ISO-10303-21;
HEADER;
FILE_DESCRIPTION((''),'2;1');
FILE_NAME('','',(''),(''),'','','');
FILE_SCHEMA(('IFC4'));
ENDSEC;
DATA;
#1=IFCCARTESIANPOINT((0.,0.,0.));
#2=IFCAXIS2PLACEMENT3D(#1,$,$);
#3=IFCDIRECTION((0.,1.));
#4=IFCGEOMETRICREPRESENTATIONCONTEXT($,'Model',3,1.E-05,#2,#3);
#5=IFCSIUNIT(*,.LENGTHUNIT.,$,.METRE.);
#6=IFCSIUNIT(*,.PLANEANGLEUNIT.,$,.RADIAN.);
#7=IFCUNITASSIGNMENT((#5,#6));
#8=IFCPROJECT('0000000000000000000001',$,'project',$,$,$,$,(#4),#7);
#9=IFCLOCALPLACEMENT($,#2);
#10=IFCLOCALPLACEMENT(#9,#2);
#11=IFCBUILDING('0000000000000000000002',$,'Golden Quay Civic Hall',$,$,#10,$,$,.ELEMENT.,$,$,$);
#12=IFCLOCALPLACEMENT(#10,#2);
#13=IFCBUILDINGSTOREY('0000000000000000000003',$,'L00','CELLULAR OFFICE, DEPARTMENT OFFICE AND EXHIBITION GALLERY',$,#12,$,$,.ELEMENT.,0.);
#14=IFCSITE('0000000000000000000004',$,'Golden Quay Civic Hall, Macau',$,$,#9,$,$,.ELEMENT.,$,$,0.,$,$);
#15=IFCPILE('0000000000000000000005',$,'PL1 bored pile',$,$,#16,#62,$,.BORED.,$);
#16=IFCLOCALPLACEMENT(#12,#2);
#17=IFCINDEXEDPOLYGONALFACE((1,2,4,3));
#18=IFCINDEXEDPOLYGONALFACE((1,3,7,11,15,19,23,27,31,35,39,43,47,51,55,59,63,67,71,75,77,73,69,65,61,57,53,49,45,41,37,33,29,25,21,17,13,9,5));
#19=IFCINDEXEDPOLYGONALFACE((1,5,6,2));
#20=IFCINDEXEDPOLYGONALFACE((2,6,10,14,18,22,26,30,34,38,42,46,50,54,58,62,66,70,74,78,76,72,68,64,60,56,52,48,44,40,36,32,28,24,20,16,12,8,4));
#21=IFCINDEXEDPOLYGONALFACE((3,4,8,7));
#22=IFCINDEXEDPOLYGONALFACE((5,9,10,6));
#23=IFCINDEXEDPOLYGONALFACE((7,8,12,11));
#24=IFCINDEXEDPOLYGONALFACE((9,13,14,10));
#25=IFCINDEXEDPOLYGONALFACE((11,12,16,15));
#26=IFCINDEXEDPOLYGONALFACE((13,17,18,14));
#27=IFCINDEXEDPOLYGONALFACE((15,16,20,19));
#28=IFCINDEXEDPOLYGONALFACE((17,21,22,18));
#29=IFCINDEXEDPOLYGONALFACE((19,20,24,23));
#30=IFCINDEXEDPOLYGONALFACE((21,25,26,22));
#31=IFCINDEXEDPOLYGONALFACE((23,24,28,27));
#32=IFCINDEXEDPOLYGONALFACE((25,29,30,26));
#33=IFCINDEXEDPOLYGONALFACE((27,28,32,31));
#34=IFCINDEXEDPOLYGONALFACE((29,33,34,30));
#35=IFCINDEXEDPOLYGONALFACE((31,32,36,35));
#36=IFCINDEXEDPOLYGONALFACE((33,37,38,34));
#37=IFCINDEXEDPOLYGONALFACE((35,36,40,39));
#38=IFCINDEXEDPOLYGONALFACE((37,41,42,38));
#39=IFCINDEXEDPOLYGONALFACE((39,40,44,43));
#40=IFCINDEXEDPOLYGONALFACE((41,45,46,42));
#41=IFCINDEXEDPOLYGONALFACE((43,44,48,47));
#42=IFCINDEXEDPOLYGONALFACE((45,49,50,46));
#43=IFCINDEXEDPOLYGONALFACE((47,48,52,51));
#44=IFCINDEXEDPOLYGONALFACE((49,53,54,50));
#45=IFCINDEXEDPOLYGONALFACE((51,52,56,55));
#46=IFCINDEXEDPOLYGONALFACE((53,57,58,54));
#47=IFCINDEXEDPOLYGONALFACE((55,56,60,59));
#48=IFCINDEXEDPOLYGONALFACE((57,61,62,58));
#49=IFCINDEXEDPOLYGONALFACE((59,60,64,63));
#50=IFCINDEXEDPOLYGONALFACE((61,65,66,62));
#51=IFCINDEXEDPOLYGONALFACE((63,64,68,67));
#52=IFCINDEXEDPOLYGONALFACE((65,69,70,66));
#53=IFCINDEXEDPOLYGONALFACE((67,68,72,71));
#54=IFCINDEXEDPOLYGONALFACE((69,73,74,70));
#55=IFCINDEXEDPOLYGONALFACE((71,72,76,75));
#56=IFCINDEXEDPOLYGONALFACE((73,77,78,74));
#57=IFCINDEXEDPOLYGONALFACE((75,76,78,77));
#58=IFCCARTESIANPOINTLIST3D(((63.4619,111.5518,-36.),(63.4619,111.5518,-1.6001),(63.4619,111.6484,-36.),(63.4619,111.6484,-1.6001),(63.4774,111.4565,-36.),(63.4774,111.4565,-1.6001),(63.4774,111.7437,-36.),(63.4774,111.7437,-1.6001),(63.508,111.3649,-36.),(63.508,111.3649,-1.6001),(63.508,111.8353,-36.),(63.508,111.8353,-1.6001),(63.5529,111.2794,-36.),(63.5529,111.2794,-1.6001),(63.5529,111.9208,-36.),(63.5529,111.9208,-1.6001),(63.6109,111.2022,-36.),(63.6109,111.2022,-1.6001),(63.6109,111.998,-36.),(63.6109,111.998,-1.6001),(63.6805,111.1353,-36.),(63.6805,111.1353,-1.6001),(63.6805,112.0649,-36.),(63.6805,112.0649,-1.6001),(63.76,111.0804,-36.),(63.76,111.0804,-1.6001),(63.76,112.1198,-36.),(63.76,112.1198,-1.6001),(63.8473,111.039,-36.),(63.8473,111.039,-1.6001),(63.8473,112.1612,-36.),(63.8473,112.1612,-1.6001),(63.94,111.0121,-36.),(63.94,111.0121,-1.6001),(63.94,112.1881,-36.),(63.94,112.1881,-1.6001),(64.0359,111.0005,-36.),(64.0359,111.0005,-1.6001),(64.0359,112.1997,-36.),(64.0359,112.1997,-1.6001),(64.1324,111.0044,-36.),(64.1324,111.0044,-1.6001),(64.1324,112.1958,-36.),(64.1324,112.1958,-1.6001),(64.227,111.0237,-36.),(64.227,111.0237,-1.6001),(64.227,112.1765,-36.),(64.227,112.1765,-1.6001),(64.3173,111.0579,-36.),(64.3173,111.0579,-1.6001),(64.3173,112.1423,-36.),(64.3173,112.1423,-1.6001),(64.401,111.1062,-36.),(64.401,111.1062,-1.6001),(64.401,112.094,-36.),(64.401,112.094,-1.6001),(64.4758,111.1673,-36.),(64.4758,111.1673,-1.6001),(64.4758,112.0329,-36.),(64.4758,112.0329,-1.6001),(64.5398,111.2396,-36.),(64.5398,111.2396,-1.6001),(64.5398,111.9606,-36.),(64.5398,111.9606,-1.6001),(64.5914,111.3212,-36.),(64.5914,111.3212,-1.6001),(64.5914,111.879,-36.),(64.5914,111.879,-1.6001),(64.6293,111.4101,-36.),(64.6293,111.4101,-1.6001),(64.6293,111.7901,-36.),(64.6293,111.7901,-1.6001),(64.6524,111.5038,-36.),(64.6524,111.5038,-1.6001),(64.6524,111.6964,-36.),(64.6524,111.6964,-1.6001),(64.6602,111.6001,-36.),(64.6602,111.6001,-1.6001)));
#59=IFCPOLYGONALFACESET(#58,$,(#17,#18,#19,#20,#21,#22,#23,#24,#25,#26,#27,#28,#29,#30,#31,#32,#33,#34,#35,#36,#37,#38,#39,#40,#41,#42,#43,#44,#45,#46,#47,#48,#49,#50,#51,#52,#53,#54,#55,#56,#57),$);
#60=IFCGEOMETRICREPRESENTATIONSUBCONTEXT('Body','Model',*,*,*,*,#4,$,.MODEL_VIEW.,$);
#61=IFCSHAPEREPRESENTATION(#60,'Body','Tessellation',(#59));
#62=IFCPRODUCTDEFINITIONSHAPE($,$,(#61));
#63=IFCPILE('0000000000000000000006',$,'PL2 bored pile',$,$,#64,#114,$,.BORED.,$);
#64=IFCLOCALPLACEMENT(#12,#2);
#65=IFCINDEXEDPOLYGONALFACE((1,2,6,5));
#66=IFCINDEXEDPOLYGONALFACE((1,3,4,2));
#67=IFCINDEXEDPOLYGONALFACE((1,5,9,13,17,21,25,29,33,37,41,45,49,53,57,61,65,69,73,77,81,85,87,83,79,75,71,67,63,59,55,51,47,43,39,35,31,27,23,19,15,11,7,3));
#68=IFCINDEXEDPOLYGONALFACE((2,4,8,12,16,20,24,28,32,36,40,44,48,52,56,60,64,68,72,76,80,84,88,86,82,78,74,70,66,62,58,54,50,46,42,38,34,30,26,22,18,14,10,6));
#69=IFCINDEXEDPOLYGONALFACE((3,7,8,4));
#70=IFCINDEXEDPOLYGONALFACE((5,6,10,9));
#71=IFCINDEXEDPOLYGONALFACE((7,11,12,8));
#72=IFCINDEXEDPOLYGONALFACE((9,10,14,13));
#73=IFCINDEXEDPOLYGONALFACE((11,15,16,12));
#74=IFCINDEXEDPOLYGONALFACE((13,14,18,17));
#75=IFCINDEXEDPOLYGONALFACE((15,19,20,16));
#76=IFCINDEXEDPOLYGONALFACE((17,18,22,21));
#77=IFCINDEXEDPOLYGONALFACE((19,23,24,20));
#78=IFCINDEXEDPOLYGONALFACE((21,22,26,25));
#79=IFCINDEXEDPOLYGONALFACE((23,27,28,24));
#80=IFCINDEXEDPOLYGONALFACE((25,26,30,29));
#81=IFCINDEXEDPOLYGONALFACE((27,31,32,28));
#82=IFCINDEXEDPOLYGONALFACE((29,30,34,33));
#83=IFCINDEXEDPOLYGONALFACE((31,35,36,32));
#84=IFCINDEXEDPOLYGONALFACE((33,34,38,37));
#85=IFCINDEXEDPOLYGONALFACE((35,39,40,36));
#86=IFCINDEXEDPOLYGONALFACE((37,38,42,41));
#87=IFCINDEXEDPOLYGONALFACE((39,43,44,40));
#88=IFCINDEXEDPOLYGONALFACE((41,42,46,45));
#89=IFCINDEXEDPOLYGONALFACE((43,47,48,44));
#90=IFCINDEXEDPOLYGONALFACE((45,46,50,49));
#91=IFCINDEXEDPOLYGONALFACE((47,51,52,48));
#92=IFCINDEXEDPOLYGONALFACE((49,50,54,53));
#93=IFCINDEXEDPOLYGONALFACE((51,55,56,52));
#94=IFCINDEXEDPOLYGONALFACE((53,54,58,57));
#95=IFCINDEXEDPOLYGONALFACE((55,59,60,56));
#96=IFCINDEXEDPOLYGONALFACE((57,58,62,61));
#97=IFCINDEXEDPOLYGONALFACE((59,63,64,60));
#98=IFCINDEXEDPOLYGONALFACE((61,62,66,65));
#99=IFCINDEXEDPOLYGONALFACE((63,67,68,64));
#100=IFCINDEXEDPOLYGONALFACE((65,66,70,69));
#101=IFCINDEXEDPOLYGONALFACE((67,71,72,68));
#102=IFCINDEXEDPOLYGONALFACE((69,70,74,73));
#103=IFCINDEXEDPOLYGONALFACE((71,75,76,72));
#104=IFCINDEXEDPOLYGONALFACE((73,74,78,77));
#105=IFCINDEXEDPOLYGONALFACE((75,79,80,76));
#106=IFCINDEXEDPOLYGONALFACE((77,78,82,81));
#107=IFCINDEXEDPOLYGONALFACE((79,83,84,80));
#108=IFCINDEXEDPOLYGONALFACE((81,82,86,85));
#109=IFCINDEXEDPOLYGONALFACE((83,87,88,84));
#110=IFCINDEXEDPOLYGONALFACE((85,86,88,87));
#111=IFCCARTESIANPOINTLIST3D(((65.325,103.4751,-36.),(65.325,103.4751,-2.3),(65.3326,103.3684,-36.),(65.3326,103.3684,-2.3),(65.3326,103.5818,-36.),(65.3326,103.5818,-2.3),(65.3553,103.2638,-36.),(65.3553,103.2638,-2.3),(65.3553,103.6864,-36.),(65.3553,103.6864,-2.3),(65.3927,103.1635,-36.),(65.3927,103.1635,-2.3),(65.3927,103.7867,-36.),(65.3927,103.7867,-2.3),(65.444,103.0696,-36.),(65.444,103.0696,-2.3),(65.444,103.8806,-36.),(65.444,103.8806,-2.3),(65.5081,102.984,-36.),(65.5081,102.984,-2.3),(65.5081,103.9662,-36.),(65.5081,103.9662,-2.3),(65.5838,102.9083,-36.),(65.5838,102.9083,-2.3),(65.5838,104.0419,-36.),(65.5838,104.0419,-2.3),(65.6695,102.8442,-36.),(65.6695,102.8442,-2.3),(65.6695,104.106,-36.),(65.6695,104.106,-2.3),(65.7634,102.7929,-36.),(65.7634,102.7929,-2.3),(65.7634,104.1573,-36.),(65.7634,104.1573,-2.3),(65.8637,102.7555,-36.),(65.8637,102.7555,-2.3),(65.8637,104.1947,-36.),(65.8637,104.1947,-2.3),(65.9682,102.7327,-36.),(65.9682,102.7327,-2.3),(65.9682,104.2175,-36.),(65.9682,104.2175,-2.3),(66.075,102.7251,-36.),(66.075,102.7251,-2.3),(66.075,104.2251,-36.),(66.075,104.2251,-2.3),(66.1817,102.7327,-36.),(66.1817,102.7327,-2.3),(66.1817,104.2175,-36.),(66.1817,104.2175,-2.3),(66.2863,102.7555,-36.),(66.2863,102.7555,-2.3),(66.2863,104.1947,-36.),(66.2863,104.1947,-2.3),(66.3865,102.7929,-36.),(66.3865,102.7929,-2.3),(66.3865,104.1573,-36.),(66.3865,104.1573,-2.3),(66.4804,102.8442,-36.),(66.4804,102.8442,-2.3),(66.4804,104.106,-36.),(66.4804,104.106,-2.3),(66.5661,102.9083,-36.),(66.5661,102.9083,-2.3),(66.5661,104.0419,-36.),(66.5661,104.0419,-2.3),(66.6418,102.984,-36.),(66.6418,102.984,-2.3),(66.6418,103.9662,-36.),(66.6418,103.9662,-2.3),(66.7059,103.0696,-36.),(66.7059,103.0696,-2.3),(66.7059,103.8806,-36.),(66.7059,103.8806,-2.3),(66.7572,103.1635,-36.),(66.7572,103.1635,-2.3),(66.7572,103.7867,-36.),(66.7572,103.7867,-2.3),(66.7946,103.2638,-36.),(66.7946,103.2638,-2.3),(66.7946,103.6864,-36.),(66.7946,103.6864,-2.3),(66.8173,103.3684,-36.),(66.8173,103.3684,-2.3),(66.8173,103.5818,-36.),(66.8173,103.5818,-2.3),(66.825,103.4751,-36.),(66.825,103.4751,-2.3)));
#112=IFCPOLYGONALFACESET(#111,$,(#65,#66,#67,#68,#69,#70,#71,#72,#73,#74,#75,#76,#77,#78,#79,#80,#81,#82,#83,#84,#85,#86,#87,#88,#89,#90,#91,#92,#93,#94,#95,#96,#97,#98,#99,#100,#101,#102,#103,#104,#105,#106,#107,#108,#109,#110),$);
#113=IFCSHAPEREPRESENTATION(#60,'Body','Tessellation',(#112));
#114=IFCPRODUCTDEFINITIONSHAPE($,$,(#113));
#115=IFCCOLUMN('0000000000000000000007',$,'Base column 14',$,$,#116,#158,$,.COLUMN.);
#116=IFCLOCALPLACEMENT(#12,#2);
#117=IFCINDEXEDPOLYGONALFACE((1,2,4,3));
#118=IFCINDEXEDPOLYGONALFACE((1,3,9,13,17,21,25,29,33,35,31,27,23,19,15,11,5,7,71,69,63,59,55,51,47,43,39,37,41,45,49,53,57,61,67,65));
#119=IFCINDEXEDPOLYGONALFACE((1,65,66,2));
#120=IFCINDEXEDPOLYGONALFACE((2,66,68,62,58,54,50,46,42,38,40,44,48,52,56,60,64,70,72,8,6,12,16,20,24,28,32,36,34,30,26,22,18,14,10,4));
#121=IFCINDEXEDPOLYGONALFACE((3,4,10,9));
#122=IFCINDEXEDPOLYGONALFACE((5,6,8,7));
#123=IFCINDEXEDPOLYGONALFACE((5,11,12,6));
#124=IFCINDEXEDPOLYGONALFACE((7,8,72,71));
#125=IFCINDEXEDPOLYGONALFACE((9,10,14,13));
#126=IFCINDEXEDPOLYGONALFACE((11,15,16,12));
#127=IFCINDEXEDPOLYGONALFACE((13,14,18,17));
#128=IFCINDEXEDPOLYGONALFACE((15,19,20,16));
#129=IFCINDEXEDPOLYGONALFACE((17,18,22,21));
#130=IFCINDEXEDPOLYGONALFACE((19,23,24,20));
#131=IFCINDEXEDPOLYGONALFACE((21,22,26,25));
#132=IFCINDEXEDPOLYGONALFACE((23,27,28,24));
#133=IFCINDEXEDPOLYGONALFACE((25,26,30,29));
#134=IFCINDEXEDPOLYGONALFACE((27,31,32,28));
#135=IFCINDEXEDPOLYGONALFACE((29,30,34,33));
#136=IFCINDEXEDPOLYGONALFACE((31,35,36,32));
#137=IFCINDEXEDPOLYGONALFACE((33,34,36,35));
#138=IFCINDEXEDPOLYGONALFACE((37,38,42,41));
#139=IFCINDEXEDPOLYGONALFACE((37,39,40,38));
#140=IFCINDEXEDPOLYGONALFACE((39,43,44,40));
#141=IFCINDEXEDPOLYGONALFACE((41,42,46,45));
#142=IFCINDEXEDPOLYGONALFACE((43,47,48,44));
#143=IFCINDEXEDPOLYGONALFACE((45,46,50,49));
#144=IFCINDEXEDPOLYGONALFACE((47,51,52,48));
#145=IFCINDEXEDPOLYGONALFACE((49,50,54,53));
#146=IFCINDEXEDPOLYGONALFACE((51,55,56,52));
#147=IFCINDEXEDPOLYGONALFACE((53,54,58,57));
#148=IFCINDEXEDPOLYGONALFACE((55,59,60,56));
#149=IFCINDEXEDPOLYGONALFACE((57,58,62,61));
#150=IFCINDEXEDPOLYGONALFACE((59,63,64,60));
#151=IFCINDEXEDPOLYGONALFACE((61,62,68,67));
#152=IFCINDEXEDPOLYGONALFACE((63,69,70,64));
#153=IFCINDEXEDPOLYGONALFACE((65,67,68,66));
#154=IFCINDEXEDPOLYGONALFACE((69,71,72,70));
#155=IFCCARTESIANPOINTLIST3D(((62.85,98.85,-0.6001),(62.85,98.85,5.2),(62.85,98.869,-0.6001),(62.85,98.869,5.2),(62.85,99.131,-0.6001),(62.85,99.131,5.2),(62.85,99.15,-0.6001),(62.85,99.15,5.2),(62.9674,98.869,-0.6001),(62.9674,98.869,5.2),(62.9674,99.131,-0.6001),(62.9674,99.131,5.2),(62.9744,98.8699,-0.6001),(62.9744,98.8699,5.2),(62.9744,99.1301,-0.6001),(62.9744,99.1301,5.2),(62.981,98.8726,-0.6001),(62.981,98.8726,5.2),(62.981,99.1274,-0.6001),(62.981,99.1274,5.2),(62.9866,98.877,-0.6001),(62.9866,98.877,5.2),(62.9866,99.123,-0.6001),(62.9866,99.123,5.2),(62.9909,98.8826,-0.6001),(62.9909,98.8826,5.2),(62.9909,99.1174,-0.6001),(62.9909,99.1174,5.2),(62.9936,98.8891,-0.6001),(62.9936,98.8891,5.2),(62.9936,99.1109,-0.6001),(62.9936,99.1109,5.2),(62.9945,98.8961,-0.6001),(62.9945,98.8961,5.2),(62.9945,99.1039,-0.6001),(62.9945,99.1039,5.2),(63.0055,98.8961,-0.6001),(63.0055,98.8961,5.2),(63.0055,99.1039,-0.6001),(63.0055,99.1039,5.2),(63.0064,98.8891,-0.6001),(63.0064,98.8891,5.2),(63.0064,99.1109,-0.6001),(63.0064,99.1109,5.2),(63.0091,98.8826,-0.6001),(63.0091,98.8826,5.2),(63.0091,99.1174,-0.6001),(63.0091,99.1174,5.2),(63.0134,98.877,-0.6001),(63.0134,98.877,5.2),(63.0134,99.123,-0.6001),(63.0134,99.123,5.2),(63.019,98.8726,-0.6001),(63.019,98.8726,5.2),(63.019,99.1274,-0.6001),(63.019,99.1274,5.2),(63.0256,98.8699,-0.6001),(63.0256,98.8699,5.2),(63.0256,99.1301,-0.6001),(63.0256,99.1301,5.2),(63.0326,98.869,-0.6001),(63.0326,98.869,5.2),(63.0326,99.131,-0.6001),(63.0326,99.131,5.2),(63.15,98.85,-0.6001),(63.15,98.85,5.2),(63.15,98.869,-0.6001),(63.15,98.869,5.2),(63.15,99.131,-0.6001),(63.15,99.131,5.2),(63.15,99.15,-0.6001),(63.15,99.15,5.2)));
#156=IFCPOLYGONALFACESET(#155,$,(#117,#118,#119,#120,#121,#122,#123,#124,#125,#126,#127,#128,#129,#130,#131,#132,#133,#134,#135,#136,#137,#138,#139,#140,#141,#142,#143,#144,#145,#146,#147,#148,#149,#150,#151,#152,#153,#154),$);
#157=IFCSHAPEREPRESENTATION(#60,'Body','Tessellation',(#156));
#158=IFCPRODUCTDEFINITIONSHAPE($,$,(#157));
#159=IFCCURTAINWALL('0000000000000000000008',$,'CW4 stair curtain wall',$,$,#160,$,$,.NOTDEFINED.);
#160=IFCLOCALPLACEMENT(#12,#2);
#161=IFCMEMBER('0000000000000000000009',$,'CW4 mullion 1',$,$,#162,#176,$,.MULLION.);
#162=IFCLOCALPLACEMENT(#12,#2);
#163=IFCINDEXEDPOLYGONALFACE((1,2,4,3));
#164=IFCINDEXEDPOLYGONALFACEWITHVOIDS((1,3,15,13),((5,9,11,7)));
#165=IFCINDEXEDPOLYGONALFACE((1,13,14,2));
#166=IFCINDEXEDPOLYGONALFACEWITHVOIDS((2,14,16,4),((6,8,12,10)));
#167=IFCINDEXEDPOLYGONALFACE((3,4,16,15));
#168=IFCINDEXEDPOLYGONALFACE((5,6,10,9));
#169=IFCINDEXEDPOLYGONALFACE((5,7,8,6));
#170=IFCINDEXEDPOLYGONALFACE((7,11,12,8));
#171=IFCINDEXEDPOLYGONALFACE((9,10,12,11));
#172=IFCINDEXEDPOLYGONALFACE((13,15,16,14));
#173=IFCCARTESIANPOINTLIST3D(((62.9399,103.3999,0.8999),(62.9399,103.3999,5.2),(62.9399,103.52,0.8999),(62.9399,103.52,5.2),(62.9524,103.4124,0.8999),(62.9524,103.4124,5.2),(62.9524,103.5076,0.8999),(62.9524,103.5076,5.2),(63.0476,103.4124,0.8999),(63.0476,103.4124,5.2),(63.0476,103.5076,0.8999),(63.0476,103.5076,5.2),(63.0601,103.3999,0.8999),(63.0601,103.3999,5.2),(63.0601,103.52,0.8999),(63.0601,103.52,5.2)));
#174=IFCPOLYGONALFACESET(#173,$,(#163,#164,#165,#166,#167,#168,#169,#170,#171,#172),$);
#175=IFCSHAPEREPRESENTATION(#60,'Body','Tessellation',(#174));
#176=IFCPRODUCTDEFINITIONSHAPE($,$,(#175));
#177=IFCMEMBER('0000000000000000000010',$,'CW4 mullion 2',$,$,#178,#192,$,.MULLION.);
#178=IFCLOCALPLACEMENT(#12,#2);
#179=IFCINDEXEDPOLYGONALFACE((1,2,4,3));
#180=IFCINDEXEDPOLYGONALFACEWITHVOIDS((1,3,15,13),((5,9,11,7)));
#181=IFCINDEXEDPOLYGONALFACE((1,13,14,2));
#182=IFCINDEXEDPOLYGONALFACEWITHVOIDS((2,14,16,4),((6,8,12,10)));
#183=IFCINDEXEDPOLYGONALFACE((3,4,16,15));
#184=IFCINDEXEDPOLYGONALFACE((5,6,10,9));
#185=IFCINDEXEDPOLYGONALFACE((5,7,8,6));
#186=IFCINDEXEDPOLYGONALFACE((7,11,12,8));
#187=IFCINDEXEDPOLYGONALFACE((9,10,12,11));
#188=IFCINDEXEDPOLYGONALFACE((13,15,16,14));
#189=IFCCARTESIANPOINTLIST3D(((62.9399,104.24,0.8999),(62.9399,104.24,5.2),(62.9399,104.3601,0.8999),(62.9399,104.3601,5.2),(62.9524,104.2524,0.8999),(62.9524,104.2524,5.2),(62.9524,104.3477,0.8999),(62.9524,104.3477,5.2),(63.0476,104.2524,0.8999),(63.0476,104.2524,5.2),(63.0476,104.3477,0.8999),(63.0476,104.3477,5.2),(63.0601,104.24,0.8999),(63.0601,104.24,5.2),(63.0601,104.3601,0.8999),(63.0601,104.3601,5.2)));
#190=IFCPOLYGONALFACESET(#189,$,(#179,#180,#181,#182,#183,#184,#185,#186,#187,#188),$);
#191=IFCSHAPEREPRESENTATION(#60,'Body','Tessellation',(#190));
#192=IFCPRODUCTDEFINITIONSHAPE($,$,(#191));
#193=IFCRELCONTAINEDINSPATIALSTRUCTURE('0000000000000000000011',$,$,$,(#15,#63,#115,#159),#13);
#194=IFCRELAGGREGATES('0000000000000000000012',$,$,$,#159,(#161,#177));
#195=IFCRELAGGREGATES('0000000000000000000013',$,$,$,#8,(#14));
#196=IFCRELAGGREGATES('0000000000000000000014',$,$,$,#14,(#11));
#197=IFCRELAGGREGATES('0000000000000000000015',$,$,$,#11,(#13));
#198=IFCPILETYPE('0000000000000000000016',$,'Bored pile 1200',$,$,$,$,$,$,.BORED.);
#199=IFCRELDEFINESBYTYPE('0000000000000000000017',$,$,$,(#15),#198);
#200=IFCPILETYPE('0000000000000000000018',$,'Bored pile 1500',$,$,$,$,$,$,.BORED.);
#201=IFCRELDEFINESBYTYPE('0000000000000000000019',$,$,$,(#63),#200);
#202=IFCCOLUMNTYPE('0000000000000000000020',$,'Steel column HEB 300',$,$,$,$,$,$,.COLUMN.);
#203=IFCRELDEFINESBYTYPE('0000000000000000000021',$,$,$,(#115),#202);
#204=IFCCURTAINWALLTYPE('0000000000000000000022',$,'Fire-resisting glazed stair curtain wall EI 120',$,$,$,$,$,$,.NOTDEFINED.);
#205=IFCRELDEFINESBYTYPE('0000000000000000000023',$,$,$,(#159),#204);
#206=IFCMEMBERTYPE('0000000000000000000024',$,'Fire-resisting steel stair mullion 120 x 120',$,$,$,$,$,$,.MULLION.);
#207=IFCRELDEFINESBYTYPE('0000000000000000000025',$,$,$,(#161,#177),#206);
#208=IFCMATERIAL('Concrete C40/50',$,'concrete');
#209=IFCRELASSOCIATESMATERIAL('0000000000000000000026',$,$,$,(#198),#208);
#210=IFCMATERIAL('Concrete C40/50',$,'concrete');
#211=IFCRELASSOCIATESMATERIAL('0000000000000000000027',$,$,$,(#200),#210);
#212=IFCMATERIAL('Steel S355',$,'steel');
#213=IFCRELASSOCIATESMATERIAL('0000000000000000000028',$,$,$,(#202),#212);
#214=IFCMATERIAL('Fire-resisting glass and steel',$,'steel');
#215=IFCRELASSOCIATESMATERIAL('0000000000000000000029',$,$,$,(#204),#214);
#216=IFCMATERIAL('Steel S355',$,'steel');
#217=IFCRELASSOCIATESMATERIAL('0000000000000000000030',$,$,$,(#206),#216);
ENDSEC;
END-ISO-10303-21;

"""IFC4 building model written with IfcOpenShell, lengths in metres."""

from ifc_helpers import new_model, si_unit, direction, frame, origin, origin_2d, place, context, subcontext, project, spatial, hollow_rectangle, circle, i_section, extrude, material, material_profile, profile_set, type_object, element, aggregate, save


model = new_model("IFC4")

# Units and contexts
model_context = context("Model", 3, precision=1e-05, world=origin(), true_north=direction((0.0, 1.0)))
body_context = subcontext(model_context, "Body", "Model", "MODEL_VIEW")
ifc_project = project(units=[si_unit("LENGTHUNIT", "METRE"), si_unit("PLANEANGLEUNIT", "RADIAN")], contexts=[model_context])

# Site, building, storey
site_placement = place(None, origin())
site = spatial("IfcSite", under=ifc_project, at=site_placement, Name="Golden Quay Civic Hall, Macau", CompositionType="ELEMENT", RefElevation=0.0)
building_placement = place(site_placement, origin())
building = spatial("IfcBuilding", under=site, at=building_placement, Name="Golden Quay Civic Hall", CompositionType="ELEMENT")
storey_placement = place(building_placement, origin())
storey = spatial("IfcBuildingStorey", under=building, at=storey_placement, Name="L00", Description="CELLULAR OFFICE, DEPARTMENT OFFICE AND EXHIBITION GALLERY", CompositionType="ELEMENT", Elevation=0.0)

# Piles
ifc_material_1 = material(Name="Concrete C40/50", Category="concrete")
ifc_material_profile_1 = material_profile(ifc_material_1, circle(Radius=0.6001, at=origin_2d()), Name="RC D1200")
ifc_profile_set_1 = profile_set([ifc_material_profile_1], Name="Concrete C40/50")
pile_type_1 = type_object("IfcPileType", Name="Bored pile 1200", PredefinedType="BORED", material=ifc_profile_set_1)
for number, where, z_axis, x_axis, name in (
    (1, (64.0601, 111.6001, -1.6001), (0.0, 0.0, -1.0), (1.0, 0.0, 0.0), "PL1 bored pile"),
):
    element("IfcPile", number, at=place(storey_placement, frame(where, z_axis=z_axis, x_axis=x_axis)), inside=storey, type_object=pile_type_1, Name=name, PredefinedType="BORED", context=body_context, shape_type="SweptSolid", body=[
        extrude(circle(Radius=0.6001, at=origin_2d()), origin(), (0.0, 0.0, 1.0), 34.3999),
    ])
ifc_material_2 = material(Name="Concrete C40/50", Category="concrete")
ifc_material_profile_2 = material_profile(ifc_material_2, circle(Radius=0.75, at=origin_2d()), Name="RC D1500")
ifc_profile_set_2 = profile_set([ifc_material_profile_2], Name="Concrete C40/50")
pile_type_2 = type_object("IfcPileType", Name="Bored pile 1500", PredefinedType="BORED", material=ifc_profile_set_2)
pile_1_placement = place(storey_placement, frame((66.075, 103.4751, -2.3), z_axis=(0.0, 0.0, -1.0), x_axis=(1.0, 0.0, 0.0)))
element("IfcPile", 2, at=pile_1_placement, inside=storey, type_object=pile_type_2, Name="PL2 bored pile", PredefinedType="BORED", context=body_context, shape_type="SweptSolid", body=[
    extrude(circle(Radius=0.75, at=origin_2d()), origin(), (0.0, 0.0, 1.0), 33.7),
])

# Column
ifc_material_3 = material(Name="Steel S355", Category="steel")
ifc_material_profile_3 = material_profile(ifc_material_3, i_section(OverallWidth=0.3, OverallDepth=0.3, WebThickness=0.011, FlangeThickness=0.019, FilletRadius=0.0271, at=origin_2d()), Name="HEB 300")
ifc_profile_set_3 = profile_set([ifc_material_profile_3], Name="Steel S355")
column_type = type_object("IfcColumnType", Name="Steel column HEB 300", PredefinedType="COLUMN", material=ifc_profile_set_3)
column_placement = place(storey_placement, frame((63.0, 99.0, -0.6001), z_axis=(0.0, 0.0, 1.0), x_axis=(1.0, 0.0, 0.0)))
element("IfcColumn", 3, at=column_placement, inside=storey, type_object=column_type, Name="Base column 14", PredefinedType="COLUMN", context=body_context, shape_type="SweptSolid", body=[
    extrude(i_section(OverallWidth=0.3, OverallDepth=0.3, WebThickness=0.011, FlangeThickness=0.019, FilletRadius=0.0271, at=origin_2d()), origin(), (0.0, 0.0, 1.0), 5.8),
])

# Curtain wall, members
ifc_material_4 = material(Name="Fire-resisting glass and steel", Category="steel")
curtain_wall_type = type_object("IfcCurtainWallType", Name="Fire-resisting glazed stair curtain wall EI 120", PredefinedType="NOTDEFINED", material=ifc_material_4)
curtain_wall_placement = place(storey_placement, origin())
curtain_wall = element("IfcCurtainWall", 4, at=curtain_wall_placement, inside=storey, type_object=curtain_wall_type, Name="CW4 stair curtain wall", PredefinedType="NOTDEFINED")
ifc_material_5 = material(Name="Steel S355", Category="steel")
ifc_material_profile_4 = material_profile(ifc_material_5, hollow_rectangle(XDim=0.1201, YDim=0.1201, WallThickness=0.0125, at=origin_2d()), Name="SHS 120x120x12.5")
ifc_profile_set_4 = profile_set([ifc_material_profile_4], Name="Steel S355")
member_type_1 = type_object("IfcMemberType", Name="Fire-resisting steel stair mullion 120 x 120", PredefinedType="MULLION", material=ifc_profile_set_4)
member_1_placement = place(storey_placement, frame((63.0, 103.46, 0.8999), z_axis=(0.0, 0.0, 1.0), x_axis=(-1.0, 0.0, 0.0)))
member_1 = element("IfcMember", 5, at=member_1_placement, type_object=member_type_1, Name="CW4 mullion 1", PredefinedType="MULLION", context=body_context, shape_type="SweptSolid", body=[
    extrude(hollow_rectangle(XDim=0.1201, YDim=0.1201, WallThickness=0.0125, at=origin_2d()), origin(), (0.0, 0.0, 1.0), 4.3),
])
member_2_placement = place(storey_placement, frame((63.0, 104.3, 0.8999), z_axis=(0.0, 0.0, 1.0), x_axis=(-1.0, 0.0, 0.0)))
member_2 = element("IfcMember", 6, at=member_2_placement, type_object=member_type_1, Name="CW4 mullion 2", PredefinedType="MULLION", context=body_context, shape_type="SweptSolid", body=[
    extrude(hollow_rectangle(XDim=0.1201, YDim=0.1201, WallThickness=0.0125, at=origin_2d()), origin(), (0.0, 0.0, 1.0), 4.3),
])
aggregate(curtain_wall, [member_1, member_2])

save(model, "model.ifc")
